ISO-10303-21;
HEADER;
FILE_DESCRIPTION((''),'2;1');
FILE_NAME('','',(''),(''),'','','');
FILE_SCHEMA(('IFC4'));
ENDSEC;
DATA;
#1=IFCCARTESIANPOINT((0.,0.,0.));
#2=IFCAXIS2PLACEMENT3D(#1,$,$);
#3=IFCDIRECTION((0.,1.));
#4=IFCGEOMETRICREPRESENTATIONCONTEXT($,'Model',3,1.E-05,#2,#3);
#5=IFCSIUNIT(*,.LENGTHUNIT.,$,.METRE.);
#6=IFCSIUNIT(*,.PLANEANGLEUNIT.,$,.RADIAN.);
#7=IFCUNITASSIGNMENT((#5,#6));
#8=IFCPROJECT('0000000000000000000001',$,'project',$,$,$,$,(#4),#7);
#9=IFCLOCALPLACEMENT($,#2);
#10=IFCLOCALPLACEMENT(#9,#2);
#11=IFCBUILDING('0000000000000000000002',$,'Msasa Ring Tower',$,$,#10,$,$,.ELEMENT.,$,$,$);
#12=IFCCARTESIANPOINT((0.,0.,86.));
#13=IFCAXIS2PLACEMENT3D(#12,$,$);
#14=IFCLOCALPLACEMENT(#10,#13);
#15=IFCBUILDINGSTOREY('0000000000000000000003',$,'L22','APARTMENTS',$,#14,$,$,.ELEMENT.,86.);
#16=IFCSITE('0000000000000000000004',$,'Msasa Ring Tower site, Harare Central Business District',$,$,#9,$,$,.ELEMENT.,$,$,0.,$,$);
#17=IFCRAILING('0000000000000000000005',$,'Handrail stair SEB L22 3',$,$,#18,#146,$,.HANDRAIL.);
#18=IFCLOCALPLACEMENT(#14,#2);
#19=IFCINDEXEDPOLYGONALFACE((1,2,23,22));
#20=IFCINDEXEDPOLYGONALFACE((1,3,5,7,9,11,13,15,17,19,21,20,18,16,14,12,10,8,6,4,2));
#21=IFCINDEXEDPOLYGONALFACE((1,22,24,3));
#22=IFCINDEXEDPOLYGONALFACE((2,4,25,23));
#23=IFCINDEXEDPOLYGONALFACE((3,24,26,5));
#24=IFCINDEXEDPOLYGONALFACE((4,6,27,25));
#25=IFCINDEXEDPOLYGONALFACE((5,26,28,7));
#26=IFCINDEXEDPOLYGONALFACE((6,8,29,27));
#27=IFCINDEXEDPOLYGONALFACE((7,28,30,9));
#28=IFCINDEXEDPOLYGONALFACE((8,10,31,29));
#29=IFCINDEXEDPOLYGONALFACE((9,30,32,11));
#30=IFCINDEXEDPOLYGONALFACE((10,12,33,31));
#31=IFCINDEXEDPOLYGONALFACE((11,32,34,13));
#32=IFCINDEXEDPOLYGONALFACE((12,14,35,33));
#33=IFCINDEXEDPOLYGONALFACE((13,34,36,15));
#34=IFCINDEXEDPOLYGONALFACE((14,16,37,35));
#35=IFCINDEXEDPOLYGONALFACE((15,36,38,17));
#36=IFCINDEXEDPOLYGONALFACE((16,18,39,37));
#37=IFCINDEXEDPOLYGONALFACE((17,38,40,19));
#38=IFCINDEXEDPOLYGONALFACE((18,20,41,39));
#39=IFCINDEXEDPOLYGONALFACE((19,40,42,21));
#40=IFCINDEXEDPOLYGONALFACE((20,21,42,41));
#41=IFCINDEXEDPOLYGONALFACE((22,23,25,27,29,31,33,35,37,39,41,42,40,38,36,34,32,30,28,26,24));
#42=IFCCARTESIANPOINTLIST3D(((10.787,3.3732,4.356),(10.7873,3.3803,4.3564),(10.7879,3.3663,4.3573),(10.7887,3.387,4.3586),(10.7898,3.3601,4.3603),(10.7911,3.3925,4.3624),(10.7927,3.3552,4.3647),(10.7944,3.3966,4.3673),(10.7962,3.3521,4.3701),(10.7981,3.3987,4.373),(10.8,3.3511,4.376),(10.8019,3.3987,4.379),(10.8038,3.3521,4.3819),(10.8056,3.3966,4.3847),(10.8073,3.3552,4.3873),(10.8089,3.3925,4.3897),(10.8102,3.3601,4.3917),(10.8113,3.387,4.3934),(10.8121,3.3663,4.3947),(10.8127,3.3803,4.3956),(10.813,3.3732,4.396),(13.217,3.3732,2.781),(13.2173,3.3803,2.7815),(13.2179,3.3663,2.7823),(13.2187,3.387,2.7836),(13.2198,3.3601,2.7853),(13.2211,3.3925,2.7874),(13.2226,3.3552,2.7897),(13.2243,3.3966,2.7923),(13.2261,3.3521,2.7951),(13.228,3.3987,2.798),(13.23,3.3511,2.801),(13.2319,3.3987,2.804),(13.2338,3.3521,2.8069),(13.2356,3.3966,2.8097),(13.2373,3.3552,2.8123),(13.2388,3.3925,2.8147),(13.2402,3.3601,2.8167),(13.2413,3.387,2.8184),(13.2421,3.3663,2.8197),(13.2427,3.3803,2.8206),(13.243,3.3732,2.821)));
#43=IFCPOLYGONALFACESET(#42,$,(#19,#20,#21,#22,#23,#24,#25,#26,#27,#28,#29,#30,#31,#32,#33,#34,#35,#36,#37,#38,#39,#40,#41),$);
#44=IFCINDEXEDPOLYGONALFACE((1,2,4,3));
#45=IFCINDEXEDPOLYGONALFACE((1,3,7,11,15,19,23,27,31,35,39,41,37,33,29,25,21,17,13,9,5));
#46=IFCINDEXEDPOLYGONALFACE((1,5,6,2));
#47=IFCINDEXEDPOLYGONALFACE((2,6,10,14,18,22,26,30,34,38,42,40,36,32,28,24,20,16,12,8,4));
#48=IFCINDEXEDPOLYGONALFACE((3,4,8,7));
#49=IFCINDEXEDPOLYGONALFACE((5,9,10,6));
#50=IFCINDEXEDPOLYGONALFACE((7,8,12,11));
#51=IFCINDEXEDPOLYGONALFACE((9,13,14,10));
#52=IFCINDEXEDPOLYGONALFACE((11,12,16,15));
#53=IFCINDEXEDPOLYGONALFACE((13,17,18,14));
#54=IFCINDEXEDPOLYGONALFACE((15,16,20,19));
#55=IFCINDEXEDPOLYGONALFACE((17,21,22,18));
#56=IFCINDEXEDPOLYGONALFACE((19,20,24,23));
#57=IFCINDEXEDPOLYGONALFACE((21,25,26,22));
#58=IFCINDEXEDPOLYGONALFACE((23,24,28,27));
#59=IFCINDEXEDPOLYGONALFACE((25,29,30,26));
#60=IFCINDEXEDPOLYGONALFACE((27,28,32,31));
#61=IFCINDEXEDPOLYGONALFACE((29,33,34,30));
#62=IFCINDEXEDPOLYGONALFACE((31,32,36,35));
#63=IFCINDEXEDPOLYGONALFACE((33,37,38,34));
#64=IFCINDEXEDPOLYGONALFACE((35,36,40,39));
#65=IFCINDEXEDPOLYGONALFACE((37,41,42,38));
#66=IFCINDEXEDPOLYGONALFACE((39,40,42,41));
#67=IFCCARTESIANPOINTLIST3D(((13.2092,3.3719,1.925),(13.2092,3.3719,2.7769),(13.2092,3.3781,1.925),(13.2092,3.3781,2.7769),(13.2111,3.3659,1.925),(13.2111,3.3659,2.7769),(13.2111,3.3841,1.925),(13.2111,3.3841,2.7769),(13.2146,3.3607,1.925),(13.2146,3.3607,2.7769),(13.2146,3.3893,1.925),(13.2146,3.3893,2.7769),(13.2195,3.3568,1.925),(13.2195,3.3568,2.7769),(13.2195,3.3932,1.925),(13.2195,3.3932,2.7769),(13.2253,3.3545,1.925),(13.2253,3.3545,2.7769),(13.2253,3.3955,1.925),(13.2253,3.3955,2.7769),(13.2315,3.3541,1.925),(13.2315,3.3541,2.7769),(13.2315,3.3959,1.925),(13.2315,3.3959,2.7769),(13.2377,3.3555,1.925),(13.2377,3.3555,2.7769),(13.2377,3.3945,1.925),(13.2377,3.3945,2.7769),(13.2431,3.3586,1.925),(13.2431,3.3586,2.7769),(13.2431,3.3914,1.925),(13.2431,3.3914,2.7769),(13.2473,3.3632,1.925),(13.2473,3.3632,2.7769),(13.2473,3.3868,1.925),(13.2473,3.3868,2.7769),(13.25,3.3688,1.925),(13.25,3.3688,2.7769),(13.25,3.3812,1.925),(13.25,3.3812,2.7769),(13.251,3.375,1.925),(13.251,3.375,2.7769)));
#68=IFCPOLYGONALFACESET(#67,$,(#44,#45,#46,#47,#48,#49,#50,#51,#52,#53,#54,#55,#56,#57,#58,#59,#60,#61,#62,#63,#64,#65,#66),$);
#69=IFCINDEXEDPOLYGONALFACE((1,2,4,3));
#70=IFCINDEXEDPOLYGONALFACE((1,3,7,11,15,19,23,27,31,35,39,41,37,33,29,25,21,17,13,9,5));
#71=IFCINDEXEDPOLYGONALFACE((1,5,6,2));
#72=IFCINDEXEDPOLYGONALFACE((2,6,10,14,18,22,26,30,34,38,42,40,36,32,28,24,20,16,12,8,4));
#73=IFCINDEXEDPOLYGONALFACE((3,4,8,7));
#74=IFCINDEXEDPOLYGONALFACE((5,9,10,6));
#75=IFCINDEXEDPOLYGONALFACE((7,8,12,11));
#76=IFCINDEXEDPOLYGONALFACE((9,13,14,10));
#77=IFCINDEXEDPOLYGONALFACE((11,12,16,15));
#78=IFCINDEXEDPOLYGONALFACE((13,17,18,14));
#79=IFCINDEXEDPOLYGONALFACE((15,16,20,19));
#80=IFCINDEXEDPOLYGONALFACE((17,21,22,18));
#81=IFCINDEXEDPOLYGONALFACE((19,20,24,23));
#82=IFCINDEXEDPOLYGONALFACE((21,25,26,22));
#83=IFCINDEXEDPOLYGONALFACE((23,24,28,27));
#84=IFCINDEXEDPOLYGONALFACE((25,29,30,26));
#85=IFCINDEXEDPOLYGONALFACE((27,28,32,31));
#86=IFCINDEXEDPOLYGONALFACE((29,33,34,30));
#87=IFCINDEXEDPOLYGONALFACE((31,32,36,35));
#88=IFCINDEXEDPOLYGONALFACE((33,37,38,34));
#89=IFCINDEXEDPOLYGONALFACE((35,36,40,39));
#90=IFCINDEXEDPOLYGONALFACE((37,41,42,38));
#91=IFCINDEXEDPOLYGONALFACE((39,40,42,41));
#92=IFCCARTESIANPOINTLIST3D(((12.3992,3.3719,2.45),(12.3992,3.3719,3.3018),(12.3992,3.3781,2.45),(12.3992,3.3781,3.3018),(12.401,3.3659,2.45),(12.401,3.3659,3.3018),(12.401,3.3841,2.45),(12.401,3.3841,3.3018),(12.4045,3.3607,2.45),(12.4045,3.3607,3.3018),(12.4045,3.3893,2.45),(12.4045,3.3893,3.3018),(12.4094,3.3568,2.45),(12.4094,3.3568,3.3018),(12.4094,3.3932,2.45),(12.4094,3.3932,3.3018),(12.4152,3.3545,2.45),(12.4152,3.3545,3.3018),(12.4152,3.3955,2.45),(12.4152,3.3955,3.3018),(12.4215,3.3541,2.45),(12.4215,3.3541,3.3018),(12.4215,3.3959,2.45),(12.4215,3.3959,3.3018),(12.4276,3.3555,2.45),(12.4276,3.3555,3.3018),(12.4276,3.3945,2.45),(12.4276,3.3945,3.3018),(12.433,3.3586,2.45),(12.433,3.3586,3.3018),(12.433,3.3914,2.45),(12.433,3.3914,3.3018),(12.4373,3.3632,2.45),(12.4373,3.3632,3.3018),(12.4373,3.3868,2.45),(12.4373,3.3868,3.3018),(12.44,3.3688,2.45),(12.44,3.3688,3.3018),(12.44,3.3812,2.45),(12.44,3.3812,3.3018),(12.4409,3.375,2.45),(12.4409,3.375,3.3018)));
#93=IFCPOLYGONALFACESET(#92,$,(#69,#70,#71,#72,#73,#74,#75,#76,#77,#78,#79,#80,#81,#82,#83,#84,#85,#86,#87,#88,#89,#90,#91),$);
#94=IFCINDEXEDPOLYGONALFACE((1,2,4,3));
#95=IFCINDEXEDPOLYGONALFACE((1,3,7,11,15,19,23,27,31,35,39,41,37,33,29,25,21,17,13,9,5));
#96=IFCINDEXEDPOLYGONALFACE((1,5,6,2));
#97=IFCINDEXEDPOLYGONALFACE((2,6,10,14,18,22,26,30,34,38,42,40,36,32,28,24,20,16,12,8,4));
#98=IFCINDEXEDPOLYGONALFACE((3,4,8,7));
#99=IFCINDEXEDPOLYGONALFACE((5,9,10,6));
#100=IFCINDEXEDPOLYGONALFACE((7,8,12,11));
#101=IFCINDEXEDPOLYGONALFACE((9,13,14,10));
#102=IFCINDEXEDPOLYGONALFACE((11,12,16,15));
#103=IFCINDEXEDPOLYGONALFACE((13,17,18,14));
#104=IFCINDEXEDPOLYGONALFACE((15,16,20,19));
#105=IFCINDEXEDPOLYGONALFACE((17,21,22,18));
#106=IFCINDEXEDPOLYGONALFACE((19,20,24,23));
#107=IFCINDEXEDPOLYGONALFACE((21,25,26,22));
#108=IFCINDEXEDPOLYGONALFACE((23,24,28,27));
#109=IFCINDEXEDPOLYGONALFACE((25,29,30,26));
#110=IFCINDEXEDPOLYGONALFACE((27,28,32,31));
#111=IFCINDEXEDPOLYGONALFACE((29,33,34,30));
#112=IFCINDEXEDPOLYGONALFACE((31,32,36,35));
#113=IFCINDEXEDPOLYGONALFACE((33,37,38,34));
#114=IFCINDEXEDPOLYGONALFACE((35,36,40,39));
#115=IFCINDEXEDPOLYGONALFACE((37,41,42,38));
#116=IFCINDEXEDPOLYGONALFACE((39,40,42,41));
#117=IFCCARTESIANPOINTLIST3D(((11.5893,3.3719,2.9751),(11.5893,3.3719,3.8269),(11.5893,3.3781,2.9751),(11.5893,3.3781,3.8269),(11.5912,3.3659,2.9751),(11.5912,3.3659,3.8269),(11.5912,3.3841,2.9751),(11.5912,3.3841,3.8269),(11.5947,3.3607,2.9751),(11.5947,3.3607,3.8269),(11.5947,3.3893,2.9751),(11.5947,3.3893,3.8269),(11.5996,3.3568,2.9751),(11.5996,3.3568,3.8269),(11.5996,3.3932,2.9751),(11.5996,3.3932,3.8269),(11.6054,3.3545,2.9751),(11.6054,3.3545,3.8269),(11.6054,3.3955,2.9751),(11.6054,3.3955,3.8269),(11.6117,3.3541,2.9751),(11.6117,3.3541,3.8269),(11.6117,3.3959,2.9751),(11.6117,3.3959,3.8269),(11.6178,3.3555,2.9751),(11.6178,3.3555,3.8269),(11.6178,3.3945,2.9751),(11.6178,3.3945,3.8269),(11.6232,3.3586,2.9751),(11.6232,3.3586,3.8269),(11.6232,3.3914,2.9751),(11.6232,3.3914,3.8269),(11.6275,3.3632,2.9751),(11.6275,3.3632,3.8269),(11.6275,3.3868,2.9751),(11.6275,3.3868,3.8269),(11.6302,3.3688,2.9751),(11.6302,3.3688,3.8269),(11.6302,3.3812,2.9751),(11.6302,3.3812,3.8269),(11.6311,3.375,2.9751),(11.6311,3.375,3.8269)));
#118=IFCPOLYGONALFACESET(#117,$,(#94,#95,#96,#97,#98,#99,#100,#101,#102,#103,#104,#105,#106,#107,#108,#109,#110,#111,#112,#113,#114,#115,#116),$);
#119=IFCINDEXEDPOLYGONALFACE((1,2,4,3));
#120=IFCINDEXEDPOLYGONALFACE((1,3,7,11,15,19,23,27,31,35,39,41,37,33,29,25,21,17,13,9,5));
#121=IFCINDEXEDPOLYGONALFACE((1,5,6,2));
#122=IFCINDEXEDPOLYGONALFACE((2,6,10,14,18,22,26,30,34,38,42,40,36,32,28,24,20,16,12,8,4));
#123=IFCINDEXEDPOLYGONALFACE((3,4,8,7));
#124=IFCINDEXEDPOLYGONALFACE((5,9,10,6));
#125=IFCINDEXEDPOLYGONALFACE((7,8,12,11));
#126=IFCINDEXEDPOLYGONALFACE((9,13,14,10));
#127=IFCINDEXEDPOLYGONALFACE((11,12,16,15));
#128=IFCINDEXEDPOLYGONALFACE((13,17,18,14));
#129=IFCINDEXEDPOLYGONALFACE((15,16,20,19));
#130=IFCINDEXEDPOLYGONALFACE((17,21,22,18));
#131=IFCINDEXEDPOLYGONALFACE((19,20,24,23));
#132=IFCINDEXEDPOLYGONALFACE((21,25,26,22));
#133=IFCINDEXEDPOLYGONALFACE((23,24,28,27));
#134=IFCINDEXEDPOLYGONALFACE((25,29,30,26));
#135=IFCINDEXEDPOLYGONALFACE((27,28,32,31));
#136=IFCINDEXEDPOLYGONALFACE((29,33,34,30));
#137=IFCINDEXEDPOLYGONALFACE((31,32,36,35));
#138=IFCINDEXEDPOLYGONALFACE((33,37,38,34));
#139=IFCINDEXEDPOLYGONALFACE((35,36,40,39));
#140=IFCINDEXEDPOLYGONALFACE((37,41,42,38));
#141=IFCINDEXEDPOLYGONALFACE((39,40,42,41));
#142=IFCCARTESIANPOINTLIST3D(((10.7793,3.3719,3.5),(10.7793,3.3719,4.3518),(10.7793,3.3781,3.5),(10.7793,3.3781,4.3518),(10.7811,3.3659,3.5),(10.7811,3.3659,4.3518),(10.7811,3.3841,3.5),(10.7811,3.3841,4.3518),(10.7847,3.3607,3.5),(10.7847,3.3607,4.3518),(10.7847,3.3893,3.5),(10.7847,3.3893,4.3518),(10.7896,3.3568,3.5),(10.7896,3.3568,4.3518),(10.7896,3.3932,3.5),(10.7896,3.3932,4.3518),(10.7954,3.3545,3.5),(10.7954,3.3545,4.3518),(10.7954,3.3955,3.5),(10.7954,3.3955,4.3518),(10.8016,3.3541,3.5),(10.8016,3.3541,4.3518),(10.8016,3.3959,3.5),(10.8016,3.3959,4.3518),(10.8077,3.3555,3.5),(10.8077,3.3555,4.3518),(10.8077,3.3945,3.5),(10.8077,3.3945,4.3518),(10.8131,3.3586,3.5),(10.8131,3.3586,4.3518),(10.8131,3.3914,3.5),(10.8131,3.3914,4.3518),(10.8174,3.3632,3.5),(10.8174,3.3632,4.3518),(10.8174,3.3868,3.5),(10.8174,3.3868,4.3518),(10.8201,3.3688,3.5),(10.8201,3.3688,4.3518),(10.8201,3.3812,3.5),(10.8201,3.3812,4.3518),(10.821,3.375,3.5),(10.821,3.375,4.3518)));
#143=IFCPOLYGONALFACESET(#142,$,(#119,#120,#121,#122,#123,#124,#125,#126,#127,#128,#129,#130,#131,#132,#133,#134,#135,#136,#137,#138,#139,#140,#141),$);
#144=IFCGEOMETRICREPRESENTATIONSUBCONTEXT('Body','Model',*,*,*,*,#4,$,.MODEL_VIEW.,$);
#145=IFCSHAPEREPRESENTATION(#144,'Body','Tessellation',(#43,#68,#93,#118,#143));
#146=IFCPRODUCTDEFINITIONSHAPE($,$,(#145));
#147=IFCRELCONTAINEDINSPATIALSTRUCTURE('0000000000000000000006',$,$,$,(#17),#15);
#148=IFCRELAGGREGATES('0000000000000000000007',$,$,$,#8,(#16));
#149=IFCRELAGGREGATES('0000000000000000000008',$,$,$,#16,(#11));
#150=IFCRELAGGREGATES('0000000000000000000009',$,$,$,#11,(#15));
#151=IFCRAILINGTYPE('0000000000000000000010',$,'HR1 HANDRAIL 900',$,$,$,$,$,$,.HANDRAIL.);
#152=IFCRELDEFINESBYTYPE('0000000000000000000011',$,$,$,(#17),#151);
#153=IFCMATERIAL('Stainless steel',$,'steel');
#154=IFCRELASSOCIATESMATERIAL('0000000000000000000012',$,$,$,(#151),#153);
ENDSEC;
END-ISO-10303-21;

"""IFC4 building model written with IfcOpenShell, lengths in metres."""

from ifc_helpers import new_model, si_unit, direction, frame, origin, origin_2d, place, context, subcontext, project, spatial, circle, extrude, material, type_object, element, save


model = new_model("IFC4")

# Units and contexts
model_context = context("Model", 3, precision=1e-05, world=origin(), true_north=direction((0.0, 1.0)))
body_context = subcontext(model_context, "Body", "Model", "MODEL_VIEW")
ifc_project = project(units=[si_unit("LENGTHUNIT", "METRE"), si_unit("PLANEANGLEUNIT", "RADIAN")], contexts=[model_context])

# Site, building, storey
site_placement = place(None, origin())
site = spatial("IfcSite", under=ifc_project, at=site_placement, Name="Msasa Ring Tower site, Harare Central Business District", CompositionType="ELEMENT", RefElevation=0.0)
building_placement = place(site_placement, origin())
building = spatial("IfcBuilding", under=site, at=building_placement, Name="Msasa Ring Tower", CompositionType="ELEMENT")
storey_placement = place(building_placement, frame((0.0, 0.0, 86.0)))
storey = spatial("IfcBuildingStorey", under=building, at=storey_placement, Name="L22", Description="APARTMENTS", CompositionType="ELEMENT", Elevation=86.0)

# Railing
ifc_material_1 = material(Name="Stainless steel", Category="steel")
railing_type = type_object("IfcRailingType", Name="HR1 HANDRAIL 900", PredefinedType="HANDRAIL", material=ifc_material_1)
for number, where, name in (
    (1, (13.23, 3.375, 1.925), "Handrail stair SEB L22 3"),
):
    element("IfcRailing", number, at=place(storey_placement, frame(where)), inside=storey, type_object=railing_type, Name=name, PredefinedType="HANDRAIL", context=body_context, shape_type="SweptSolid", body=[
        extrude(circle(Radius=0.0239, at=origin_2d()), frame((0.0, 0.0, 0.876), z_axis=(-0.839154, 0.0, 0.543894), x_axis=(0.0, -1.0, 0.0)), (0.0, 0.0, 1.0), 2.8958),
        extrude(circle(Radius=0.021, at=origin_2d()), origin(), (0.0, 0.0, 1.0), 0.8518),
        extrude(circle(Radius=0.021, at=origin_2d()), frame((-0.8101, 0.0, 0.5249)), (0.0, 0.0, 1.0), 0.8518),
        extrude(circle(Radius=0.021, at=origin_2d()), frame((-1.6199, 0.0, 1.05)), (0.0, 0.0, 1.0), 0.8518),
        extrude(circle(Radius=0.021, at=origin_2d()), frame((-2.4299, 0.0, 1.575)), (0.0, 0.0, 1.0), 0.8518),
    ])

save(model, "model.ifc")
